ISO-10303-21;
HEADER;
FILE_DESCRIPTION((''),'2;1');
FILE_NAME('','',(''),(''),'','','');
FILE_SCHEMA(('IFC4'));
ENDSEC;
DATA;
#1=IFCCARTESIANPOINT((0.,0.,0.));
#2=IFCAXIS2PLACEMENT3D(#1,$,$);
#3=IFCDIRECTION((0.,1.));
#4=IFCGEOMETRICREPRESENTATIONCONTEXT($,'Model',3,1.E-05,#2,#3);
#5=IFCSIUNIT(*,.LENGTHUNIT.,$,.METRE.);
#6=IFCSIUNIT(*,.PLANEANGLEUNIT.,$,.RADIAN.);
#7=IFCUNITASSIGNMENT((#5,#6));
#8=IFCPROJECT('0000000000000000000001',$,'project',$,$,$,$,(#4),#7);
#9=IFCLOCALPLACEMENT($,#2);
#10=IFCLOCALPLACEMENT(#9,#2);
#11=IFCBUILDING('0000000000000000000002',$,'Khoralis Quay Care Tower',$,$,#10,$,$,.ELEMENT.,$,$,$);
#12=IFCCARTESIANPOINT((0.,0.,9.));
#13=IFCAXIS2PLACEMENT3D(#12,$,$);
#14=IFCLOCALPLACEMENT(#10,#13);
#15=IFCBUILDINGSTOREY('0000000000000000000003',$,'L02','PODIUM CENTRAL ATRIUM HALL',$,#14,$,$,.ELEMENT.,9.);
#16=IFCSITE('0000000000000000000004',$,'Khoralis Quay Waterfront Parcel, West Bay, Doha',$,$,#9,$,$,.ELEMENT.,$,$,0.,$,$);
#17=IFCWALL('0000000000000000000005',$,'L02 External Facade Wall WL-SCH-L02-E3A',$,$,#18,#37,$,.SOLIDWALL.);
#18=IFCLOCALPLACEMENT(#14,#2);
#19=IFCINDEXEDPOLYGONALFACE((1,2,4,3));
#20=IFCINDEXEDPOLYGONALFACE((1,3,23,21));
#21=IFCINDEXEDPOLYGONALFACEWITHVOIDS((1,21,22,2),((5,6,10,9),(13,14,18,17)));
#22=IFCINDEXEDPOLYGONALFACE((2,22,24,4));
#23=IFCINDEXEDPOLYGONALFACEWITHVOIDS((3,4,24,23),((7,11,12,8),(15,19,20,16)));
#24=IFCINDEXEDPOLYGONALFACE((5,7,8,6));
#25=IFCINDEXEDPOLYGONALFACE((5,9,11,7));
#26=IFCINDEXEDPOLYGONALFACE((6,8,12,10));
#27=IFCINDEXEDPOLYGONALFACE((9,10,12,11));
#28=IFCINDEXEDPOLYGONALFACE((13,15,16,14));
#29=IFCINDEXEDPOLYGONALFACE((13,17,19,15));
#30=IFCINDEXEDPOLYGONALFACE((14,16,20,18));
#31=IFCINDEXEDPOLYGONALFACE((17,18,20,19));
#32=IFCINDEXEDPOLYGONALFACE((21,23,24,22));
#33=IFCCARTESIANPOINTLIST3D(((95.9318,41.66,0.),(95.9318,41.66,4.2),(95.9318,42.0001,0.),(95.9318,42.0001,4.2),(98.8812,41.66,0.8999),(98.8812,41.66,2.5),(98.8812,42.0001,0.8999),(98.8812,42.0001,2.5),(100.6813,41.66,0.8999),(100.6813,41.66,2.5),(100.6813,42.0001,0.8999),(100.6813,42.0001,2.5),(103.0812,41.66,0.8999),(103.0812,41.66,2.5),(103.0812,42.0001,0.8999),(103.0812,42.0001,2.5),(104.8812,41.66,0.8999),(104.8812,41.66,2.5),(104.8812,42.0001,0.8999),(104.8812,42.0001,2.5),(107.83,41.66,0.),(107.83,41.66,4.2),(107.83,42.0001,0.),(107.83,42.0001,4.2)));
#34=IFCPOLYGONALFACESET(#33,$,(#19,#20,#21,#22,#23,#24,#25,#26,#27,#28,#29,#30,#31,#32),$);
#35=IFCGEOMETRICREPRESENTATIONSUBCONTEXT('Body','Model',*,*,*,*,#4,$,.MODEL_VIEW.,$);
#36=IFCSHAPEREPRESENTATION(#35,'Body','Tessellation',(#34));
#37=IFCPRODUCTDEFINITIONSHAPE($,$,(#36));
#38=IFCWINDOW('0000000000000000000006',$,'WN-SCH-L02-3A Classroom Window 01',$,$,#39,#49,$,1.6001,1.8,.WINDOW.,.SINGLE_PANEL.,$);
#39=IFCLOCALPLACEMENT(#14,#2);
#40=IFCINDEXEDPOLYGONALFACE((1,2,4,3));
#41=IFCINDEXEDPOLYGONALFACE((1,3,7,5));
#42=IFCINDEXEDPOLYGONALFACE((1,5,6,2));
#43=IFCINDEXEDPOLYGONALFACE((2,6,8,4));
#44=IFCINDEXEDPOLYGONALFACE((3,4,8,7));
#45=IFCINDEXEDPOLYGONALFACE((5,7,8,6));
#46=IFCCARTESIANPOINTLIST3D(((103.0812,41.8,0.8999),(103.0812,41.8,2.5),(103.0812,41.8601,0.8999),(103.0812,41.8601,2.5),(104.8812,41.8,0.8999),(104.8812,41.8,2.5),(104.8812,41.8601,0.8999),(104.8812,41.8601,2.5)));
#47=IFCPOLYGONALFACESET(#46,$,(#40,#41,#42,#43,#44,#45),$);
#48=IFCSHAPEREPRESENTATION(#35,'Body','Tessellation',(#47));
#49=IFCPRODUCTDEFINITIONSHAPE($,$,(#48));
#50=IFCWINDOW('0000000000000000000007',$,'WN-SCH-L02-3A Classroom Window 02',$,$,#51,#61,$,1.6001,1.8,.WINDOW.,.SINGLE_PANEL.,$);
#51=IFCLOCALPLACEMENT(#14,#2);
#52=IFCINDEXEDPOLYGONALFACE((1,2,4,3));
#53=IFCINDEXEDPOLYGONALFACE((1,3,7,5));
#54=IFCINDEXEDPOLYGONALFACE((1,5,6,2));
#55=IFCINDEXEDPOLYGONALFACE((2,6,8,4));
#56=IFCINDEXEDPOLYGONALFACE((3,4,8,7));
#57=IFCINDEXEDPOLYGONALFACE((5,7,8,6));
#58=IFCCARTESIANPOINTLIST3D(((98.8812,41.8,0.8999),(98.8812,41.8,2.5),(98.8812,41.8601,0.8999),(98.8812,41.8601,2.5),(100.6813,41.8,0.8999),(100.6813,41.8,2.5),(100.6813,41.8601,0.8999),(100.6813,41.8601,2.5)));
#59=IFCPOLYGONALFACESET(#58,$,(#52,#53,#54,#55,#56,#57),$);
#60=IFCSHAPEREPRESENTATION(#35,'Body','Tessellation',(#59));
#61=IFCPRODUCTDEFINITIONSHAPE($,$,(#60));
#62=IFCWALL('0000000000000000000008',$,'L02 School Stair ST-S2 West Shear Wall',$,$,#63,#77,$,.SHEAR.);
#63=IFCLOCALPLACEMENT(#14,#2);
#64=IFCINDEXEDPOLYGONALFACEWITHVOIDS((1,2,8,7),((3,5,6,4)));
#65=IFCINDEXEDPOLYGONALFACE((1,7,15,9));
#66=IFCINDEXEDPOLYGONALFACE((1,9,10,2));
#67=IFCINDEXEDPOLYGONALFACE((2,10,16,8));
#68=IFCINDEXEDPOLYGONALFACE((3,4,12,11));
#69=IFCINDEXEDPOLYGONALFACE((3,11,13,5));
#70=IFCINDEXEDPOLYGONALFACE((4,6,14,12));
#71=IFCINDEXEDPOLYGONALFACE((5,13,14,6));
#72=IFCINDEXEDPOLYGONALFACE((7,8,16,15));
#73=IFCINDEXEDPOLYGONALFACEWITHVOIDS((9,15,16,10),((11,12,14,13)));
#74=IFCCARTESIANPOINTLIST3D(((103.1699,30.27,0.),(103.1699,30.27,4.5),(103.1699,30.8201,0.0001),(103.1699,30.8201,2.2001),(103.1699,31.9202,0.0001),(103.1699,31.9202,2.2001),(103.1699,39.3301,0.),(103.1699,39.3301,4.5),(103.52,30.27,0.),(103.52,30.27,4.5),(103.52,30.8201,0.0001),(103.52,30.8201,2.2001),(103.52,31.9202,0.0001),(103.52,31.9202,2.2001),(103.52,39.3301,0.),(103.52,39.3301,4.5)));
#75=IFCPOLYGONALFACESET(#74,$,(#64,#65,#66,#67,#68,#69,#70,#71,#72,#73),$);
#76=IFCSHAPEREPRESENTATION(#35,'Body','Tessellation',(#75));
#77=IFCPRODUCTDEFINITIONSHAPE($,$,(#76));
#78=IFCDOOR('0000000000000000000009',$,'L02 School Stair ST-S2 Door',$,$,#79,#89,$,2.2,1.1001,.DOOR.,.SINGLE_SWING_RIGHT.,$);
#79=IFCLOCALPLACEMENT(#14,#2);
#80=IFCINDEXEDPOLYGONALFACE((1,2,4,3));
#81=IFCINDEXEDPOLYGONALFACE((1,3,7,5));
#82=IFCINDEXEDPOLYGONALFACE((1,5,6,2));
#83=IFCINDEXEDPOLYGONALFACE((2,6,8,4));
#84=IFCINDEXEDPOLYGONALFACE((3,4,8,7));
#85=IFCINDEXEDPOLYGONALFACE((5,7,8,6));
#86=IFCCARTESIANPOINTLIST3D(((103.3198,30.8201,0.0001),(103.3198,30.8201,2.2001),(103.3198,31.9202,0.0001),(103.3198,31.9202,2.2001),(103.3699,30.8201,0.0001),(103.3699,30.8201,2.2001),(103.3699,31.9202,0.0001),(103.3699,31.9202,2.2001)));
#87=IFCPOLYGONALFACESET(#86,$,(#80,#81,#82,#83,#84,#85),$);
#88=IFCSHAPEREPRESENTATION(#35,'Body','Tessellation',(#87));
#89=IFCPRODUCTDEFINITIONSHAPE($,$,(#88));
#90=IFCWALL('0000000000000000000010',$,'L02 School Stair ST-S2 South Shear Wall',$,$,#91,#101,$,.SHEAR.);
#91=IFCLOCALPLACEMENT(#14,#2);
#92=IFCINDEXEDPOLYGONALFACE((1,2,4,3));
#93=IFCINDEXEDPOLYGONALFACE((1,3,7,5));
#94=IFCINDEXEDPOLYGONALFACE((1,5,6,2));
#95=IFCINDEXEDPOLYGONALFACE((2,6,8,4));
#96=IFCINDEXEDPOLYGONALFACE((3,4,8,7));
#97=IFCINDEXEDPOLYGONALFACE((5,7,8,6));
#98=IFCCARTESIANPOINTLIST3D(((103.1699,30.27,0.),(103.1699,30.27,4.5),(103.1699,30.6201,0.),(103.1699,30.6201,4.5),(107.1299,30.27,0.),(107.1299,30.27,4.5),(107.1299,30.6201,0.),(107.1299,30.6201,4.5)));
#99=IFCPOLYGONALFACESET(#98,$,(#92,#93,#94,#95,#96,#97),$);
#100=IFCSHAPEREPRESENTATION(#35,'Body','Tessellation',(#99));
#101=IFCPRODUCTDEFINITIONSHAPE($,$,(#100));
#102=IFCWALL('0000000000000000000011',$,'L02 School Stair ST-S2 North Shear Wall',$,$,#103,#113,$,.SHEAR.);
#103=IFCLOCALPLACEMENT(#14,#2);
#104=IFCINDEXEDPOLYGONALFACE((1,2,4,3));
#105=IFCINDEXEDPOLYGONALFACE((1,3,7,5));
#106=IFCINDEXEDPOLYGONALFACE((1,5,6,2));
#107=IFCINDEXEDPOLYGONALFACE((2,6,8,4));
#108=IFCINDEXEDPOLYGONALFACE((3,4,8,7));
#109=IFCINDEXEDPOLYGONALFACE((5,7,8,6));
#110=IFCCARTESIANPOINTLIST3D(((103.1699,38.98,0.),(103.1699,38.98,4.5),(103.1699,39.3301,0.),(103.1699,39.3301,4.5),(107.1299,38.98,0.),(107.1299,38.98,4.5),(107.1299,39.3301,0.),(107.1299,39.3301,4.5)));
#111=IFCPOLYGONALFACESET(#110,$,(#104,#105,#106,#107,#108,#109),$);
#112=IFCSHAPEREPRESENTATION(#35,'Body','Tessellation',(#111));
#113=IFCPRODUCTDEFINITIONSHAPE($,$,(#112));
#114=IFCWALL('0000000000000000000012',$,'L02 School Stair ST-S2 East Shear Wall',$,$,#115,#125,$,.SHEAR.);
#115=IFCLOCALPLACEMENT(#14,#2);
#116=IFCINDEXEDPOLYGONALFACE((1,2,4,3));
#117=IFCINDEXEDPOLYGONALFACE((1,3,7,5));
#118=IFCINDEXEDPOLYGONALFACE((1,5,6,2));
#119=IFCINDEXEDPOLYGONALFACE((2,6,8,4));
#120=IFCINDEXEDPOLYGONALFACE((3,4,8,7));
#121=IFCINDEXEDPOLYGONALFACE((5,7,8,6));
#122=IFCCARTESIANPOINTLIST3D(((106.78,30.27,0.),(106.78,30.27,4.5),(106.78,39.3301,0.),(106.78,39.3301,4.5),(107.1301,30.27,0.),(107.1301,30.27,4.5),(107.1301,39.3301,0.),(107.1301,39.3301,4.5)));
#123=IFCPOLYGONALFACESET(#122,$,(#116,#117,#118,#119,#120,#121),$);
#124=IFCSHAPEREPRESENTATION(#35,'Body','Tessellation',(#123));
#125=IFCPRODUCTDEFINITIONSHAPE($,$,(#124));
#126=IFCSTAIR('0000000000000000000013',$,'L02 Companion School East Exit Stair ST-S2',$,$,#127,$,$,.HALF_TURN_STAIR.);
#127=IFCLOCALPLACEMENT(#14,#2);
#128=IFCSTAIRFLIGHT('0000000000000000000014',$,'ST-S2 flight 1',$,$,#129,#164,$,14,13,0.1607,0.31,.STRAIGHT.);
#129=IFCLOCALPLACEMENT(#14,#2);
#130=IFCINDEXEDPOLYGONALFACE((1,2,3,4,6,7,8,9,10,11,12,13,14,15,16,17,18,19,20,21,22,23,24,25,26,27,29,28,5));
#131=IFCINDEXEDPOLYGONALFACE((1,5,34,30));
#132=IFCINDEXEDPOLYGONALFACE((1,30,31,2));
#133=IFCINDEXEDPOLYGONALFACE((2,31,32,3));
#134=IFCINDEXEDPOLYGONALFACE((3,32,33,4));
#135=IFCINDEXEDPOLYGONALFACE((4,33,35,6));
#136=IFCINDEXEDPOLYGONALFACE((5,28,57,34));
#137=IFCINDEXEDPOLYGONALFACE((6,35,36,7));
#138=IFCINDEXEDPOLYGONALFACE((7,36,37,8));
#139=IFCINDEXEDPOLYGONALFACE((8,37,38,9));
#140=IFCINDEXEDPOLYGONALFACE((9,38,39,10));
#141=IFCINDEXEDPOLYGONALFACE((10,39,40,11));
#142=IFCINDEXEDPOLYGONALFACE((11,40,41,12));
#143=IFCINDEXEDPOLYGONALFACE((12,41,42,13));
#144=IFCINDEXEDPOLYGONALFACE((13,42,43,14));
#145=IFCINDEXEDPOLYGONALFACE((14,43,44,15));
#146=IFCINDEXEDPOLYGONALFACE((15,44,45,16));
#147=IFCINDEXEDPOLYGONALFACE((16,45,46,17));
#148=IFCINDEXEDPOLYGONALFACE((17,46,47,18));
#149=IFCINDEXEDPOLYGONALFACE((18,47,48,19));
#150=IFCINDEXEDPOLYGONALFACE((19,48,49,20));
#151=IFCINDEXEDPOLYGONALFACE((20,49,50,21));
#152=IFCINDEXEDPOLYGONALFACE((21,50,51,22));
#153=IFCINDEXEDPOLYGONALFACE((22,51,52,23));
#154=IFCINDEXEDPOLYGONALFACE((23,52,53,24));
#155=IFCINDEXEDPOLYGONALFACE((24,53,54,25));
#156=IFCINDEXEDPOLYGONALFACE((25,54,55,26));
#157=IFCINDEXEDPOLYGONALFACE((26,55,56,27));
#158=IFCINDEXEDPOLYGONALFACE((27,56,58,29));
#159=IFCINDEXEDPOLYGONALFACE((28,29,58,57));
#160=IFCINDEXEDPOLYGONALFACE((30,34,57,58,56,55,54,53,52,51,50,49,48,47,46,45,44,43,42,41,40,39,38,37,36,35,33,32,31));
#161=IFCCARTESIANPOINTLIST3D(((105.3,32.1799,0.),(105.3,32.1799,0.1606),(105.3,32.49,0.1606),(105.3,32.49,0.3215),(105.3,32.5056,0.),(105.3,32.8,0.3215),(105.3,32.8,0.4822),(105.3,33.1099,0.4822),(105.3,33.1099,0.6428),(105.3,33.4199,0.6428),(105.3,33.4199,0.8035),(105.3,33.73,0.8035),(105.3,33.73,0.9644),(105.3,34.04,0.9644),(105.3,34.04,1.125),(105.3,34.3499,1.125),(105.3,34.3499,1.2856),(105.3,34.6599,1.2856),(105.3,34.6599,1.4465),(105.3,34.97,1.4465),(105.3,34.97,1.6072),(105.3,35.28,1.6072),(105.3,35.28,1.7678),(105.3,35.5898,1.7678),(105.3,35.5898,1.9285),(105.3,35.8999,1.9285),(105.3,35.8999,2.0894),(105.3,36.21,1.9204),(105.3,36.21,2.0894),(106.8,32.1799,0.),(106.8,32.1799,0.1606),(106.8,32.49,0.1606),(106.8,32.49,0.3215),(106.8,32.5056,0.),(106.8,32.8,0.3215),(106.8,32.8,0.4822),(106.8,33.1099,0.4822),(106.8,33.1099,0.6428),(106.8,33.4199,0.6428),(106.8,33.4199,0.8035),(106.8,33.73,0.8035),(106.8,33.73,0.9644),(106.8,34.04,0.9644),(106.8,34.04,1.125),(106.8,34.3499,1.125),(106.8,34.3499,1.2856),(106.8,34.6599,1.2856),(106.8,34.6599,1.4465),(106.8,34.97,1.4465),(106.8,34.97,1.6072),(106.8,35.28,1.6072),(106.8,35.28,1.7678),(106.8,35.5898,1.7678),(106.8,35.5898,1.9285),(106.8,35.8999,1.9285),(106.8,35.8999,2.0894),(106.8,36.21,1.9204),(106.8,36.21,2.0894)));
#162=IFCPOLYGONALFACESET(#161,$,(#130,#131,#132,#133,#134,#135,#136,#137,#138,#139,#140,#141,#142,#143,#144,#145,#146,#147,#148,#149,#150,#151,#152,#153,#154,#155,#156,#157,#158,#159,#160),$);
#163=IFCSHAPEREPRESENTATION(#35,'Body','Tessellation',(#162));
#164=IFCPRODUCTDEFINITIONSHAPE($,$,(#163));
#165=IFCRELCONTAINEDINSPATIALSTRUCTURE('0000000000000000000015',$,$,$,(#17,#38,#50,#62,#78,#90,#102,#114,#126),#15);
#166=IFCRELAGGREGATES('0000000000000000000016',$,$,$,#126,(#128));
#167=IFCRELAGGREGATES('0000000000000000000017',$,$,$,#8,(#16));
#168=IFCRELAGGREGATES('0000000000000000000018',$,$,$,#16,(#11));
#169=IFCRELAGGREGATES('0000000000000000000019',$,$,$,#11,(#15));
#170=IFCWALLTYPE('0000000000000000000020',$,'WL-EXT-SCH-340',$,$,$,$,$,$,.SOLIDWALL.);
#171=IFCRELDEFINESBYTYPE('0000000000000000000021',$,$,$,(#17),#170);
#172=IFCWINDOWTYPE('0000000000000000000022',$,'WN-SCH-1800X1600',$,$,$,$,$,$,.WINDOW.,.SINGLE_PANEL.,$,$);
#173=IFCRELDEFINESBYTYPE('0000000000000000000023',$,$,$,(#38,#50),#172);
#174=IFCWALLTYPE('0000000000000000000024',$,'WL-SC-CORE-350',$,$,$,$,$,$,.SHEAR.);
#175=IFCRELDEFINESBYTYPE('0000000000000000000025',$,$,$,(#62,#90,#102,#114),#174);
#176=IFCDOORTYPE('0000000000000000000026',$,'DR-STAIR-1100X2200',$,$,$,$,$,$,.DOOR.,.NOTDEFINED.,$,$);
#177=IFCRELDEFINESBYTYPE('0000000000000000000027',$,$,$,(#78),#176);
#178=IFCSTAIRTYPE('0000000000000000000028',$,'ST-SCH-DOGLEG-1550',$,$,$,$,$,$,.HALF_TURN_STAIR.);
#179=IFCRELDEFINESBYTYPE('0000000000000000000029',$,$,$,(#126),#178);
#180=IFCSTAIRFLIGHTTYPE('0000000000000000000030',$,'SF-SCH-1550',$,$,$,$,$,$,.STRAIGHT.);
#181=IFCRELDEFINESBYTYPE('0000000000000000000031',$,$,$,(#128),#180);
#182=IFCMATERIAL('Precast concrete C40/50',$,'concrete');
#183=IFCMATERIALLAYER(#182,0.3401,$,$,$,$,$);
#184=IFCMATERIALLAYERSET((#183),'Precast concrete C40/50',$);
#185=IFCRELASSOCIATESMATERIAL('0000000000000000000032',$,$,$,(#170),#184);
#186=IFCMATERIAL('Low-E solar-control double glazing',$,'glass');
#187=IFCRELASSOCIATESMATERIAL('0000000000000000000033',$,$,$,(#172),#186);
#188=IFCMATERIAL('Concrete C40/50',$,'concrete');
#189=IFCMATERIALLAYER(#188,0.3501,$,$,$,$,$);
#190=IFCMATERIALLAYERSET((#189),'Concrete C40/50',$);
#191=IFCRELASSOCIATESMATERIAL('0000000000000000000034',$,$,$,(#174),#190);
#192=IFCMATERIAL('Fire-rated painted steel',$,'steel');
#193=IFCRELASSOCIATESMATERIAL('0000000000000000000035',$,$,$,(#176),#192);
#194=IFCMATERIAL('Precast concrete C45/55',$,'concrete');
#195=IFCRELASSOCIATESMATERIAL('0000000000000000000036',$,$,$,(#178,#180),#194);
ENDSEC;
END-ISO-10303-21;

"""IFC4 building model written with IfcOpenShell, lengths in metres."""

from ifc_helpers import new_model, si_unit, direction, frame, frame_2d, origin, place, context, subcontext, project, spatial, polyline, rectangle, outline, extrude, source, transform, mapped, material, layer, layer_set, type_object, element, fill, aggregate, save


model = new_model("IFC4")

# Units and contexts
model_context = context("Model", 3, precision=1e-05, world=origin(), true_north=direction((0.0, 1.0)))
body_context = subcontext(model_context, "Body", "Model", "MODEL_VIEW")
ifc_project = project(units=[si_unit("LENGTHUNIT", "METRE"), si_unit("PLANEANGLEUNIT", "RADIAN")], contexts=[model_context])

# Site, building, storey
site_placement = place(None, origin())
site = spatial("IfcSite", under=ifc_project, at=site_placement, Name="Khoralis Quay Waterfront Parcel, West Bay, Doha", CompositionType="ELEMENT", RefElevation=0.0)
building_placement = place(site_placement, origin())
building = spatial("IfcBuilding", under=site, at=building_placement, Name="Khoralis Quay Care Tower", CompositionType="ELEMENT")
storey_placement = place(building_placement, frame((0.0, 0.0, 9.0)))
storey = spatial("IfcBuildingStorey", under=building, at=storey_placement, Name="L02", Description="PODIUM CENTRAL ATRIUM HALL", CompositionType="ELEMENT", Elevation=9.0)

# Shared definitions
ifc_material_1 = material(Name="Concrete C40/50", Category="concrete")

# Wall, openings, windows
ifc_material_2 = material(Name="Precast concrete C40/50", Category="concrete")
ifc_layer_1 = layer(ifc_material_2, 0.3401)
ifc_layer_set_1 = layer_set([ifc_layer_1], Name="Precast concrete C40/50")
wall_type_1 = type_object("IfcWallType", Name="WL-EXT-SCH-340", PredefinedType="SOLIDWALL", material=ifc_layer_set_1)
wall_1_placement = place(storey_placement, frame((107.8301, 41.8301, 0.0), z_axis=(0.0, 0.0, 1.0), x_axis=(-1.0, 0.0, 0.0)))
wall_1 = element("IfcWall", 1, at=wall_1_placement, inside=storey, type_object=wall_type_1, Name="L02 External Facade Wall WL-SCH-L02-E3A", PredefinedType="SOLIDWALL", context=body_context, shape_type="SweptSolid", body=[
    extrude(rectangle(XDim=11.8982, YDim=0.3401, at=frame_2d((5.9492, 0.0))), origin(), (0.0, 0.0, 1.0), 4.2),
])
opening_1_placement = place(wall_1_placement, frame((2.949, 0.0, 0.8999)))
opening_1 = element("IfcOpeningElement", 2, at=opening_1_placement, cuts=wall_1, PredefinedType="OPENING", context=body_context, shape_type="SweptSolid", body=[
    extrude(rectangle(XDim=1.8, YDim=1.6001, at=frame_2d((0.8999, 0.8))), frame((0.0, 0.1802, 0.0), z_axis=(0.0, -1.0, 0.0), x_axis=(1.0, 0.0, 0.0)), (0.0, 0.0, 1.0), 0.3601),
])
opening_2_placement = place(wall_1_placement, frame((7.1489, 0.0, 0.8999)))
opening_2 = element("IfcOpeningElement", 3, at=opening_2_placement, cuts=wall_1, PredefinedType="OPENING", context=body_context, shape_type="SweptSolid", body=[
    extrude(rectangle(XDim=1.8, YDim=1.6001, at=frame_2d((0.8999, 0.8))), frame((0.0, 0.1802, 0.0), z_axis=(0.0, -1.0, 0.0), x_axis=(1.0, 0.0, 0.0)), (0.0, 0.0, 1.0), 0.3601),
])
ifc_material_3 = material(Name="Low-E solar-control double glazing", Category="glass")
window_type = type_object("IfcWindowType", Name="WN-SCH-1800X1600", PartitioningType="SINGLE_PANEL", PredefinedType="WINDOW", material=ifc_material_3)
shared_shape_1 = source(origin(), body_context, "Body", "SweptSolid", [
    extrude(rectangle(XDim=1.8, YDim=1.6001, at=frame_2d((0.8999, 0.8))), frame((0.0, 0.03, 0.0), z_axis=(0.0, -1.0, 0.0), x_axis=(1.0, 0.0, 0.0)), (0.0, 0.0, 1.0), 0.0601),
])
window_1_placement = place(opening_1_placement, origin())
window_1 = element("IfcWindow", 4, at=window_1_placement, inside=storey, type_object=window_type, Name="WN-SCH-L02-3A Classroom Window 01", OverallHeight=1.6001, OverallWidth=1.8, PartitioningType="SINGLE_PANEL", PredefinedType="WINDOW", context=body_context, shape_type="MappedRepresentation", body=[
    mapped(shared_shape_1, transform((0.0, 0.0, 0.0), scale=1.0)),
])
fill(opening_1, window_1)
window_2_placement = place(opening_2_placement, origin())
window_2 = element("IfcWindow", 5, at=window_2_placement, inside=storey, type_object=window_type, Name="WN-SCH-L02-3A Classroom Window 02", OverallHeight=1.6001, OverallWidth=1.8, PartitioningType="SINGLE_PANEL", PredefinedType="WINDOW", context=body_context, shape_type="MappedRepresentation", body=[
    mapped(shared_shape_1, transform((0.0, 0.0, 0.0), scale=1.0)),
])
fill(opening_2, window_2)

# Wall, opening, door
ifc_layer_2 = layer(ifc_material_1, 0.3501)
ifc_layer_set_2 = layer_set([ifc_layer_2], Name="Concrete C40/50")
wall_type_2 = type_object("IfcWallType", Name="WL-SC-CORE-350", PredefinedType="SHEAR", material=ifc_layer_set_2)
wall_2_placement = place(storey_placement, frame((103.345, 30.27, 0.0), z_axis=(0.0, 0.0, 1.0), x_axis=(0.0, 1.0, 0.0)))
wall_2 = element("IfcWall", 6, at=wall_2_placement, inside=storey, type_object=wall_type_2, Name="L02 School Stair ST-S2 West Shear Wall", PredefinedType="SHEAR", context=body_context, shape_type="SweptSolid", body=[
    extrude(rectangle(XDim=9.0601, YDim=0.3501, at=frame_2d((4.53, 0.0))), origin(), (0.0, 0.0, 1.0), 4.5),
])
opening_3_placement = place(wall_2_placement, frame((0.55, 0.0, 0.0)))
opening_3 = element("IfcOpeningElement", 7, at=opening_3_placement, cuts=wall_2, PredefinedType="OPENING", context=body_context, shape_type="SweptSolid", body=[
    extrude(rectangle(XDim=1.1001, YDim=2.2, at=frame_2d((0.55, 1.1001))), frame((0.0, 0.1851, 0.0), z_axis=(0.0, -1.0, 0.0), x_axis=(1.0, 0.0, 0.0)), (0.0, 0.0, 1.0), 0.3701),
])
ifc_material_4 = material(Name="Fire-rated painted steel", Category="steel")
door_type = type_object("IfcDoorType", Name="DR-STAIR-1100X2200", OperationType="NOTDEFINED", PredefinedType="DOOR", material=ifc_material_4)
shared_shape_2 = source(origin(), body_context, "Body", "SweptSolid", [
    extrude(rectangle(XDim=1.1001, YDim=2.2, at=frame_2d((0.55, 1.1001))), frame((0.0, 0.0249, 0.0), z_axis=(0.0, -1.0, 0.0), x_axis=(1.0, 0.0, 0.0)), (0.0, 0.0, 1.0), 0.05),
])
door_placement = place(opening_3_placement, frame((1.1001, 0.0, 0.0), z_axis=(0.0, 0.0, 1.0), x_axis=(-1.0, 0.0, 0.0)))
door = element("IfcDoor", 8, at=door_placement, inside=storey, type_object=door_type, Name="L02 School Stair ST-S2 Door", OperationType="SINGLE_SWING_RIGHT", OverallHeight=2.2, OverallWidth=1.1001, PredefinedType="DOOR", context=body_context, shape_type="MappedRepresentation", body=[
    mapped(shared_shape_2, transform((0.0, 0.0, 0.0), scale=1.0)),
])
fill(opening_3, door)

# Walls
for number, where, z_axis, x_axis, name in (
    (9, (103.1699, 30.4451, 0.0), (0.0, 0.0, 1.0), (1.0, 0.0, 0.0), "L02 School Stair ST-S2 South Shear Wall"),
    (10, (103.1699, 39.155, 0.0), (0.0, 0.0, 1.0), (1.0, 0.0, 0.0), "L02 School Stair ST-S2 North Shear Wall"),
):
    element("IfcWall", number, at=place(storey_placement, frame(where, z_axis=z_axis, x_axis=x_axis)), inside=storey, type_object=wall_type_2, Name=name, PredefinedType="SHEAR", context=body_context, shape_type="SweptSolid", body=[
        extrude(rectangle(XDim=3.96, YDim=0.3501, at=frame_2d((1.98, 0.0))), origin(), (0.0, 0.0, 1.0), 4.5),
    ])
wall_3_placement = place(storey_placement, frame((106.9551, 30.27, 0.0), z_axis=(0.0, 0.0, 1.0), x_axis=(0.0, 1.0, 0.0)))
element("IfcWall", 11, at=wall_3_placement, inside=storey, type_object=wall_type_2, Name="L02 School Stair ST-S2 East Shear Wall", PredefinedType="SHEAR", context=body_context, shape_type="SweptSolid", body=[
    extrude(rectangle(XDim=9.0601, YDim=0.3501, at=frame_2d((4.53, 0.0))), origin(), (0.0, 0.0, 1.0), 4.5),
])

# Stair, stair flight
ifc_material_5 = material(Name="Precast concrete C45/55", Category="concrete")
stair_type = type_object("IfcStairType", Name="ST-SCH-DOGLEG-1550", PredefinedType="HALF_TURN_STAIR", material=ifc_material_5)
stair_placement = place(storey_placement, origin())
stair = element("IfcStair", 12, at=stair_placement, inside=storey, type_object=stair_type, Name="L02 Companion School East Exit Stair ST-S2", PredefinedType="HALF_TURN_STAIR")
stair_flight_type = type_object("IfcStairFlightType", Name="SF-SCH-1550", PredefinedType="STRAIGHT", material=ifc_material_5)
shared_shape_3 = source(origin(), body_context, "Body", "SweptSolid", [
    extrude(outline(polyline([(0.0, 0.0), (0.0, 0.1606), (0.3101, 0.1606), (0.3101, 0.3215), (0.6201, 0.3215), (0.6201, 0.4822), (0.9299, 0.4822), (0.9299, 0.6428), (1.24, 0.6428), (1.24, 0.8035), (1.55, 0.8035), (1.55, 0.9644), (1.8601, 0.9644), (1.8601, 1.125), (2.1699, 1.125), (2.1699, 1.2856), (2.48, 1.2856), (2.48, 1.4465), (2.79, 1.4465), (2.79, 1.6072), (3.1001, 1.6072), (3.1001, 1.7678), (3.4099, 1.7678), (3.4099, 1.9285), (3.72, 1.9285), (3.72, 2.0894), (4.03, 2.0894), (4.03, 2.25), (4.03, 1.9204), (0.3257, 0.0), (0.0, 0.0)])), frame((0.0, 0.75, 0.0), z_axis=(0.0, -1.0, 0.0), x_axis=(1.0, 0.0, 0.0)), (0.0, 0.0, 1.0), 1.5),
])
stair_flight_1_placement = place(storey_placement, frame((106.05, 32.1799, 0.0), z_axis=(0.0, 0.0, 1.0), x_axis=(0.0, 1.0, 0.0)))
stair_flight_1 = element("IfcStairFlight", 13, at=stair_flight_1_placement, type_object=stair_flight_type, Name="ST-S2 flight 1", NumberOfRisers=14, NumberOfTreads=13, PredefinedType="STRAIGHT", RiserHeight=0.1607, TreadLength=0.31, context=body_context, shape_type="MappedRepresentation", body=[
    mapped(shared_shape_3, transform((0.0, 0.0, 0.0), scale=1.0)),
])
aggregate(stair, [stair_flight_1])

save(model, "model.ifc")
